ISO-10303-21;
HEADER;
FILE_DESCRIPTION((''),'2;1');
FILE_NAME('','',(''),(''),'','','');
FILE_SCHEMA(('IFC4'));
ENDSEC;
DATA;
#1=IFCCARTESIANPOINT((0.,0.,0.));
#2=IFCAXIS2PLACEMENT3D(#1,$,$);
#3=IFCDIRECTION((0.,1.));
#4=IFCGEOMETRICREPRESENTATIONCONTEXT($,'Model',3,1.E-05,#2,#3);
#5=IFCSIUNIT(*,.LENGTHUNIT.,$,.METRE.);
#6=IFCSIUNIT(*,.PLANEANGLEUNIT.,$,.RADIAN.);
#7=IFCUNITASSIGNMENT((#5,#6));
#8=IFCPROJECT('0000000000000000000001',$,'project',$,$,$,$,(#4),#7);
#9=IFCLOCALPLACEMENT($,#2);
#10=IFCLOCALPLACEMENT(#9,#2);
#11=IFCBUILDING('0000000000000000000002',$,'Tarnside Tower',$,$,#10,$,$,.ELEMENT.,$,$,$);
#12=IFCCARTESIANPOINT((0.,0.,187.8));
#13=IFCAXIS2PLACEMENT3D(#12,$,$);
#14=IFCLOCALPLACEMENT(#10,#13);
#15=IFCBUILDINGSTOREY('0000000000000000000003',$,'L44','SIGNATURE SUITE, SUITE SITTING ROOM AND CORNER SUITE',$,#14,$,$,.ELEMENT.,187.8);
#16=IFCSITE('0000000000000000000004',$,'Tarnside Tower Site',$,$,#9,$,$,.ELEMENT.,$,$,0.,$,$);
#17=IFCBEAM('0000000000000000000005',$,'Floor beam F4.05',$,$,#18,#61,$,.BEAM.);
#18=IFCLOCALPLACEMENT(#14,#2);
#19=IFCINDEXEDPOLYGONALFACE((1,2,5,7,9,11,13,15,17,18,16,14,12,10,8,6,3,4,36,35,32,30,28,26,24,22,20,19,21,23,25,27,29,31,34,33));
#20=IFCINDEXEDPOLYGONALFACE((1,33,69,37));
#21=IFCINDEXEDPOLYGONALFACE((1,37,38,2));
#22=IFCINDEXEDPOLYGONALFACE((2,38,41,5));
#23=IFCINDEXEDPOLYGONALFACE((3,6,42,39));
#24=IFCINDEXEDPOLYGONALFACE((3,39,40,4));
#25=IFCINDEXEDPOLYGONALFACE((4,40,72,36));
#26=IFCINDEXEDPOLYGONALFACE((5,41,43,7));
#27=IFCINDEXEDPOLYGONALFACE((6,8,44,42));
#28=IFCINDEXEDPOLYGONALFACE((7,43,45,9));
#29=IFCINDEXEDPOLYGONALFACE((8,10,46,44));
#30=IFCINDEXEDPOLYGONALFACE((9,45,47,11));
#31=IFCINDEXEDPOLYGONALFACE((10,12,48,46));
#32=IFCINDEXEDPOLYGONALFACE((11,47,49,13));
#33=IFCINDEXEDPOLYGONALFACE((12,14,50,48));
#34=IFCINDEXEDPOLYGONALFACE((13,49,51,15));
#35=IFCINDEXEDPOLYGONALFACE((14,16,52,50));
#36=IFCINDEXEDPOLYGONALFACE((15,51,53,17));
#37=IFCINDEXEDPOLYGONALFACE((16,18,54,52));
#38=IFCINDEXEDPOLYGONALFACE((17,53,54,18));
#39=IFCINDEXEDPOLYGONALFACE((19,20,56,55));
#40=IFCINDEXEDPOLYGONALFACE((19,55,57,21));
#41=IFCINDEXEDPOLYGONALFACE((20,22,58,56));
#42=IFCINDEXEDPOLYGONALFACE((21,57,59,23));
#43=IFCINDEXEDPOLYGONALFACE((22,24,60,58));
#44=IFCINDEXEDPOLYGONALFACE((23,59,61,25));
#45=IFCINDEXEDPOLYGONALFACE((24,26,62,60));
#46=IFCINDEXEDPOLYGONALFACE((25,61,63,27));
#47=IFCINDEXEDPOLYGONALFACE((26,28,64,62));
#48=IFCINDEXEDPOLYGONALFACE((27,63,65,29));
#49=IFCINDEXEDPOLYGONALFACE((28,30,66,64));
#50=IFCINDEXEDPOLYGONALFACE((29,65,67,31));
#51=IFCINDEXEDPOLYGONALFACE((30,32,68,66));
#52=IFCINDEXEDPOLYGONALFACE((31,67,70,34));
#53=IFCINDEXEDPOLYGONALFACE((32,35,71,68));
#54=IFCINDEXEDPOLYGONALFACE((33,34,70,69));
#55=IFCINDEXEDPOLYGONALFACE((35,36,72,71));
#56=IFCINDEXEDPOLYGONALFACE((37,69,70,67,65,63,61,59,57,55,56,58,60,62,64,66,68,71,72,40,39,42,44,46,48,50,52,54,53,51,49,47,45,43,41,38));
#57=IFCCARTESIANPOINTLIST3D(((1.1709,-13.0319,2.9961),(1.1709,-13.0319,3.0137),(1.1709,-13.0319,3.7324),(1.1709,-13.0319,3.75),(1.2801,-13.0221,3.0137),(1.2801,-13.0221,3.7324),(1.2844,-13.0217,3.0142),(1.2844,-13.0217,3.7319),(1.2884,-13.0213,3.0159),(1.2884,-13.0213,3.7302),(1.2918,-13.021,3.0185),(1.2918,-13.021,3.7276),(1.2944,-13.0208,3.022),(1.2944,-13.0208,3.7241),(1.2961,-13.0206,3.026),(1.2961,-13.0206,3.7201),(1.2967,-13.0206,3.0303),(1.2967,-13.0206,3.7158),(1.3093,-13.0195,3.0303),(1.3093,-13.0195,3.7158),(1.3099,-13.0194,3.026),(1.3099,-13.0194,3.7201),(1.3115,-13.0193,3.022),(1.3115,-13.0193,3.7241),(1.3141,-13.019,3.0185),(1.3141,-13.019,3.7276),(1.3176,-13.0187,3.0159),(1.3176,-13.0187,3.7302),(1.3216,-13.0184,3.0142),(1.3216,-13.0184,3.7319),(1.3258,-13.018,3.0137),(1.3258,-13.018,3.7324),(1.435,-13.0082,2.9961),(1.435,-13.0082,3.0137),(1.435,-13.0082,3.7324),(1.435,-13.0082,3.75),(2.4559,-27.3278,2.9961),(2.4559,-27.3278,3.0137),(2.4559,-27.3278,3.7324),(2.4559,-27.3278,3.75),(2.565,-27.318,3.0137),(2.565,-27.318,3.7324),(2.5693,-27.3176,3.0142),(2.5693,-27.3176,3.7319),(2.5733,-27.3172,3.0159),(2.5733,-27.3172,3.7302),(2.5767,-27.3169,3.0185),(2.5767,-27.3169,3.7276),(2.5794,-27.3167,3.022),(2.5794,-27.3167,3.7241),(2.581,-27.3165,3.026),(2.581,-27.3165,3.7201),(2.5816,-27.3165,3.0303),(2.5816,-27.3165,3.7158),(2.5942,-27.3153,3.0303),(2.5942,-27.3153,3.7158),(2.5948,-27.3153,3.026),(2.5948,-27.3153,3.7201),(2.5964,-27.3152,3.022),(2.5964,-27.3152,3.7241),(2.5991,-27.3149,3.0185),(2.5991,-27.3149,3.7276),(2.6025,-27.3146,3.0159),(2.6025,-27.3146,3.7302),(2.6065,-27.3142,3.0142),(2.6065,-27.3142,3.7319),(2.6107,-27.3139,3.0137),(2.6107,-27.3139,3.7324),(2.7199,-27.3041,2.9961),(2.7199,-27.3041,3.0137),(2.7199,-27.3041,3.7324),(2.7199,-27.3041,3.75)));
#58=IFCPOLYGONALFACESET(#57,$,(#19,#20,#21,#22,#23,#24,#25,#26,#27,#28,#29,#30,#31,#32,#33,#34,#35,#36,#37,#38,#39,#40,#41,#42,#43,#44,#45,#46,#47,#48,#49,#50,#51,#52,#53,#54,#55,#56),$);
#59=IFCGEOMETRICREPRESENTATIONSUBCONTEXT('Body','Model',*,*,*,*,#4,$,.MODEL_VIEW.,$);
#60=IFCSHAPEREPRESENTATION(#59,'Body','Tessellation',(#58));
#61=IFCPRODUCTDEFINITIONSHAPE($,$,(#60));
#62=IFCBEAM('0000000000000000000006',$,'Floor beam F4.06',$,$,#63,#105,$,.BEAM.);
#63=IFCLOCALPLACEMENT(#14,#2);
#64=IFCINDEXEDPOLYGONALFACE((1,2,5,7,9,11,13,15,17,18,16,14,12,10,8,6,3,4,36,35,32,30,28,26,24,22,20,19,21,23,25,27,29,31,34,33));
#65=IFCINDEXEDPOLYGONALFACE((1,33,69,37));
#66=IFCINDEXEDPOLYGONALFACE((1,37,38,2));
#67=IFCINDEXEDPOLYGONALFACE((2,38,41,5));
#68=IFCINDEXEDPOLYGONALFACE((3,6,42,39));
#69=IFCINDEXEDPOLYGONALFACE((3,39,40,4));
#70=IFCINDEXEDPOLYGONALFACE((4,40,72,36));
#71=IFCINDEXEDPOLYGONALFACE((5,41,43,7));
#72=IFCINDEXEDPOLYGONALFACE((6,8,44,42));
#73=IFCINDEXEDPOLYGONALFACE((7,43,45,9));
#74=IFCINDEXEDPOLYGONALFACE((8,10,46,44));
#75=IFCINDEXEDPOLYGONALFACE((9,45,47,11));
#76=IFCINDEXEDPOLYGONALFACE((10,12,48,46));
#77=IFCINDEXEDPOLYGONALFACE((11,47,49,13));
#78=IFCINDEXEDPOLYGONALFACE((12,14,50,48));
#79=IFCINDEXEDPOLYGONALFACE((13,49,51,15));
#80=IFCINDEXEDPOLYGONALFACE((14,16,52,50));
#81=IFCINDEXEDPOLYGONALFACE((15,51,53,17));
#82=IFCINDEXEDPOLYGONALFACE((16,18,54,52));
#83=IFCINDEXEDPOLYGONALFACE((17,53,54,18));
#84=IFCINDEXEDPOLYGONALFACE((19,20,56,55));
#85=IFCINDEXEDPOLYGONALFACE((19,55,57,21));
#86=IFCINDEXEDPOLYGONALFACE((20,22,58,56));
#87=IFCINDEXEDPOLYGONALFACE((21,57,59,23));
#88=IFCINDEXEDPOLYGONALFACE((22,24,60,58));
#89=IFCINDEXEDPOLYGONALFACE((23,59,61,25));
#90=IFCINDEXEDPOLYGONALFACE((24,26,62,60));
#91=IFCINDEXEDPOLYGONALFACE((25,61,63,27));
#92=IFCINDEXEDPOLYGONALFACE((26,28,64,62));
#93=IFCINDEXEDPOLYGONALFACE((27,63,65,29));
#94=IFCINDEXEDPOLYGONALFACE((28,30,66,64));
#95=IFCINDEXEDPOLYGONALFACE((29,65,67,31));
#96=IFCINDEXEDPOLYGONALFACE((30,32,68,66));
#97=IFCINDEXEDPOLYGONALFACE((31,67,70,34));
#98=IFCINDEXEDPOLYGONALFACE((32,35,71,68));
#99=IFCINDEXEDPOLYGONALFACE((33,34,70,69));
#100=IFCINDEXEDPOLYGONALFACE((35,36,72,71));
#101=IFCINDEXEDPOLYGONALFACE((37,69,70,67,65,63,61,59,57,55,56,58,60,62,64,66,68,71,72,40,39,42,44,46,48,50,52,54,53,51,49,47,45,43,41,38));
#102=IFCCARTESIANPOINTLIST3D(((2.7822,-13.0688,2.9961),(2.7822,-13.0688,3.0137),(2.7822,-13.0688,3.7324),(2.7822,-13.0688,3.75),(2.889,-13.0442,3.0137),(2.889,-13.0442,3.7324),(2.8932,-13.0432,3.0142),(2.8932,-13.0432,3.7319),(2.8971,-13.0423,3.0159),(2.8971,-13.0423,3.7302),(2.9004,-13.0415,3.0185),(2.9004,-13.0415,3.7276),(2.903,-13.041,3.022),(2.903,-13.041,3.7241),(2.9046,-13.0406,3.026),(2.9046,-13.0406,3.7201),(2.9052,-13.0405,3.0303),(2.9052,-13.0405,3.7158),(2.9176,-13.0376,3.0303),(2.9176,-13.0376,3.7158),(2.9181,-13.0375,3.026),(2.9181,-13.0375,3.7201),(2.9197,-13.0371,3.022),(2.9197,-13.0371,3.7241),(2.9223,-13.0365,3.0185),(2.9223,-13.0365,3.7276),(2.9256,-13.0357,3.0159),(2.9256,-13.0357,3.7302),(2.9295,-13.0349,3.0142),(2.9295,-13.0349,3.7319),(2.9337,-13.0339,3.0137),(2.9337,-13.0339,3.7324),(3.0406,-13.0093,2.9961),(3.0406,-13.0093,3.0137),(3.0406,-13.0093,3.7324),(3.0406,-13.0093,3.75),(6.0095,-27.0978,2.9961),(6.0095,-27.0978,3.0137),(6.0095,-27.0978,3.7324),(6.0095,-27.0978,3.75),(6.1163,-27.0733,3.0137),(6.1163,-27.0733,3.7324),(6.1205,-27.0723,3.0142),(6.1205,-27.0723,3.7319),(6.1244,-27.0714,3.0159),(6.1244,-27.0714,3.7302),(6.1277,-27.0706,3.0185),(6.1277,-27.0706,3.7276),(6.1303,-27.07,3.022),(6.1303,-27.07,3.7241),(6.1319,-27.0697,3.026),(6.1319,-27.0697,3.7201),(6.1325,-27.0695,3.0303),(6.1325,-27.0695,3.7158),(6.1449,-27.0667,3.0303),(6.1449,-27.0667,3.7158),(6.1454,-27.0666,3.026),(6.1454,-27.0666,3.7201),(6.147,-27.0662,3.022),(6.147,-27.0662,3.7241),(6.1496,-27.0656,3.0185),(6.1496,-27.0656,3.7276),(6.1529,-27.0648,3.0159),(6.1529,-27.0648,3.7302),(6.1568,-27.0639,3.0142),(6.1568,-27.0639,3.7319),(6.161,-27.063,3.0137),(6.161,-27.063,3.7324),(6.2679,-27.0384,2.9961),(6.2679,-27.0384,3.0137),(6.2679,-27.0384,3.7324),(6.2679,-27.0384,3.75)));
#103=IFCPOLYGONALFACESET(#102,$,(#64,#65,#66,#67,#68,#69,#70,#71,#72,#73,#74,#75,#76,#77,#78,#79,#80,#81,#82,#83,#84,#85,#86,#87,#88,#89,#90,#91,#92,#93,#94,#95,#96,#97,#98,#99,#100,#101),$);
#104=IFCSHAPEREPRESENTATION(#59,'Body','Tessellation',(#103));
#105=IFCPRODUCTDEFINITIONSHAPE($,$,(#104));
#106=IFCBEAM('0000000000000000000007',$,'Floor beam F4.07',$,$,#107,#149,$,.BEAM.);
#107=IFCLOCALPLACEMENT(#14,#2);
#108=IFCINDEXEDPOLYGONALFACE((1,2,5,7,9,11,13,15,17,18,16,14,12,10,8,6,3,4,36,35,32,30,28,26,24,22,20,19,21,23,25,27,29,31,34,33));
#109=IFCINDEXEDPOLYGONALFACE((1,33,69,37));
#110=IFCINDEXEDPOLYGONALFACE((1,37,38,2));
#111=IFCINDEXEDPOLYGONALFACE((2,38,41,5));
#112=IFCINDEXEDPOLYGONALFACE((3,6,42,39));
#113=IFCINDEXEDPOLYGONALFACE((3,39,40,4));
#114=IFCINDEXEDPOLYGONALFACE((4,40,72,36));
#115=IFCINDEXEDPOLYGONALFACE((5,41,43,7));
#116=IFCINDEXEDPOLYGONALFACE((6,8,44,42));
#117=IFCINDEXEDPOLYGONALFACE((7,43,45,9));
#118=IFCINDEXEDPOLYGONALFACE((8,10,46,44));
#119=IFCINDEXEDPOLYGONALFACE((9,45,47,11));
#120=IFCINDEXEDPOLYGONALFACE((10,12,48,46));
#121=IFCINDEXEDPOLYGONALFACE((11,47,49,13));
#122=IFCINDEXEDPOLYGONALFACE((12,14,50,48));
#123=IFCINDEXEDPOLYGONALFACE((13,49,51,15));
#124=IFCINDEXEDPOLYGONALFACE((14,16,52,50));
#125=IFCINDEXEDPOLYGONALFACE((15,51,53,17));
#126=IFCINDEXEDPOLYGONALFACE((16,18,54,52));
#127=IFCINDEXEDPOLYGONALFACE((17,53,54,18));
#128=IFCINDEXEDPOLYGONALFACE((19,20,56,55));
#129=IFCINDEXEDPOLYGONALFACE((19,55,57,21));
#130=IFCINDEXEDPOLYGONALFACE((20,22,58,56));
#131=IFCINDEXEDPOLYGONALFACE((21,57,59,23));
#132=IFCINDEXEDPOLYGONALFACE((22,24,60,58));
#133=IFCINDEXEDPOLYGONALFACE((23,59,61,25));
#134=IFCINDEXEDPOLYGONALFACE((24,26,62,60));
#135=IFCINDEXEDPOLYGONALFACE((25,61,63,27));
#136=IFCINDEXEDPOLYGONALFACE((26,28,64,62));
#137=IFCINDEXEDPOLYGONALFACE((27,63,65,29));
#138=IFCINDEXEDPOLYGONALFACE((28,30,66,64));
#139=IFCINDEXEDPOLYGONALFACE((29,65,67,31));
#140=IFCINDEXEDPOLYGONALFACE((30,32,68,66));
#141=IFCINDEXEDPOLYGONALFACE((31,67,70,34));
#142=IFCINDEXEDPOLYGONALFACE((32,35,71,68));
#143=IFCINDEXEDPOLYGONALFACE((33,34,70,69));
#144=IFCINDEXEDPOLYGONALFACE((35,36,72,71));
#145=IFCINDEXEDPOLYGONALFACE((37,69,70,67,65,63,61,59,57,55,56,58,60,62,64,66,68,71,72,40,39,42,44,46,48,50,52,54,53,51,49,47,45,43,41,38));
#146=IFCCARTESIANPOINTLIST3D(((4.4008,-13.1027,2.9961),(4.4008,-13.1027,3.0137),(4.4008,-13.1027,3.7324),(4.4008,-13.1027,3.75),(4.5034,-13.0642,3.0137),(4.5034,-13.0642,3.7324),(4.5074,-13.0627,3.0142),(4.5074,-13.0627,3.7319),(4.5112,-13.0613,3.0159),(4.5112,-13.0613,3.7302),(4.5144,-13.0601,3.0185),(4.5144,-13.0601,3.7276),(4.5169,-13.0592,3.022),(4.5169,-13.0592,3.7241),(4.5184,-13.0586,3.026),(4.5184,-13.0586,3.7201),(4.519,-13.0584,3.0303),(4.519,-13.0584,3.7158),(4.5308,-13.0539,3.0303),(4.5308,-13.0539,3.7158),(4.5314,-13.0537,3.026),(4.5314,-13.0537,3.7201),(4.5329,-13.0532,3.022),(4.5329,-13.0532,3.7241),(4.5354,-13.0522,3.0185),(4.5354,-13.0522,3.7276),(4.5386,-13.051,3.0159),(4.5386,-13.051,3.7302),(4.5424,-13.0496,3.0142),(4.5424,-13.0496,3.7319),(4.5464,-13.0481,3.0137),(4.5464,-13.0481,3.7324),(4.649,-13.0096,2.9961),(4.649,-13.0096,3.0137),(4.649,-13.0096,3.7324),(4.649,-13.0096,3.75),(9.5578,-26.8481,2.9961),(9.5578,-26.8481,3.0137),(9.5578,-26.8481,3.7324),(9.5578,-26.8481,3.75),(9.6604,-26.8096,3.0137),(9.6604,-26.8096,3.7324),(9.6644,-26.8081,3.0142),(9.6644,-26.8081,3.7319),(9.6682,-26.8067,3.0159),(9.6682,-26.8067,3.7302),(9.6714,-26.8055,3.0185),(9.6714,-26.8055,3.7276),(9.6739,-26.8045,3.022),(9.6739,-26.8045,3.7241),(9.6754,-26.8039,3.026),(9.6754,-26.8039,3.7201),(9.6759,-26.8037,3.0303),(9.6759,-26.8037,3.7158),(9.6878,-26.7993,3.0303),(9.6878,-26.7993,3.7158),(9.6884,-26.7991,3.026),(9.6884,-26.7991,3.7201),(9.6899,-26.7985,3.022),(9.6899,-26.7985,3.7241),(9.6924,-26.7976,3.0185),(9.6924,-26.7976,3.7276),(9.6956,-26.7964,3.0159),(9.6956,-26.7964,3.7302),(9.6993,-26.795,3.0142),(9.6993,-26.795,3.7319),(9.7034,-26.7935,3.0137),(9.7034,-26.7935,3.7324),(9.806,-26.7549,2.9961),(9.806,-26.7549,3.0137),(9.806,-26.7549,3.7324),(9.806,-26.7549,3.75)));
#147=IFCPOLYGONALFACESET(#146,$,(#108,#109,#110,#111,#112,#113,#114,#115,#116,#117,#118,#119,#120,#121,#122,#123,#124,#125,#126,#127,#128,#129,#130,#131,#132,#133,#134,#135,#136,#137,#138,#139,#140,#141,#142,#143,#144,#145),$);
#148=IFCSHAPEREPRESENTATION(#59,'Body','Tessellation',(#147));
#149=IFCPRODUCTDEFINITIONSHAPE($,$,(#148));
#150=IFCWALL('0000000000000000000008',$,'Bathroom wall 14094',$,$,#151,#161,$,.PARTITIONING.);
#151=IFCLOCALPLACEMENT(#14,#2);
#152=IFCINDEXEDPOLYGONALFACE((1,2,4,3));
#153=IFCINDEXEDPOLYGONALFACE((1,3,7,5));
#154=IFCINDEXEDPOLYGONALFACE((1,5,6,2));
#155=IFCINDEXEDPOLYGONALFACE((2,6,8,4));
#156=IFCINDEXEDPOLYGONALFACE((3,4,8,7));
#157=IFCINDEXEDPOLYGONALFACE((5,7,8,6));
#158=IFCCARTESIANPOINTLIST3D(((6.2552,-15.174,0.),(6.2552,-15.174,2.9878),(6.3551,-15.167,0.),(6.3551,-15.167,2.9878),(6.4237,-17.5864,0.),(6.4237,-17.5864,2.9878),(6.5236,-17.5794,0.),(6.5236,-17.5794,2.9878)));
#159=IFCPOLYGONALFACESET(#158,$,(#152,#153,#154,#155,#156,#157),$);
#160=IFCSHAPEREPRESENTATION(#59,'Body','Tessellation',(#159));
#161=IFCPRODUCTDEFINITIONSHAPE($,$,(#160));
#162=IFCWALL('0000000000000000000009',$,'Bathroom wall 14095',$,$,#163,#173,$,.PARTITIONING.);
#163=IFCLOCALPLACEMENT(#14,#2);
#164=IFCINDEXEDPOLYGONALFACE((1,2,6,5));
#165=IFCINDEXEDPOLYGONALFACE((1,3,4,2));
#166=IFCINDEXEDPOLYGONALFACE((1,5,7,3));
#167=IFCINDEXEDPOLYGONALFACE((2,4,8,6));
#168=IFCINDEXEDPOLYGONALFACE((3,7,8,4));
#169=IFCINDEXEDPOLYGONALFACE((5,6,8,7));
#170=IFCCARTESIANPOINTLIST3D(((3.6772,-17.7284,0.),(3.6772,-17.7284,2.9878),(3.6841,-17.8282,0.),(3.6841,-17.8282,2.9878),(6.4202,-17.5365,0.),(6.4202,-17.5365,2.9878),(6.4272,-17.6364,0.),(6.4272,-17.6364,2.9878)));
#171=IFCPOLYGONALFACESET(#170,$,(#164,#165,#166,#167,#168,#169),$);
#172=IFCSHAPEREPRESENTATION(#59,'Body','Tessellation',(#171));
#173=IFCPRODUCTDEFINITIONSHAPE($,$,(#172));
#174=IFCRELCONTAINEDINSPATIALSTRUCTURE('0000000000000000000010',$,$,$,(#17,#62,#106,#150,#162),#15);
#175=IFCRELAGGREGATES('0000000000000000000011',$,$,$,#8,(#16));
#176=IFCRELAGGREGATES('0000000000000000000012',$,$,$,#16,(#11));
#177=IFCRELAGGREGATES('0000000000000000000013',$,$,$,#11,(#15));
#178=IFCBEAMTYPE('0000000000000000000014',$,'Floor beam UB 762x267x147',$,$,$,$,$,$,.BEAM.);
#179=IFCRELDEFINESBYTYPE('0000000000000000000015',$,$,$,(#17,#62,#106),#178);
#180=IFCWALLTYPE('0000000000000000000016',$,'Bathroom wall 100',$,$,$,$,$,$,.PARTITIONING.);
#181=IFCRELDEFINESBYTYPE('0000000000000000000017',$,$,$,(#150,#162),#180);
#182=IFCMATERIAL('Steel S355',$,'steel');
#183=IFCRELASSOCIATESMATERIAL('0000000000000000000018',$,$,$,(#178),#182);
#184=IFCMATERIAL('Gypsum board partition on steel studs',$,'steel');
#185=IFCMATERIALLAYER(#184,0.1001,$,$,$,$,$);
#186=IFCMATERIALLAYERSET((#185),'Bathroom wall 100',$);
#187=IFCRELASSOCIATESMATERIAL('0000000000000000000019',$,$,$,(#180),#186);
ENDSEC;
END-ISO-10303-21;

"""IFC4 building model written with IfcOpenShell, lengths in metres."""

from ifc_helpers import new_model, si_unit, direction, frame, frame_2d, origin, origin_2d, place, context, subcontext, project, spatial, rectangle, i_section, extrude, material, layer, layer_set, material_profile, profile_set, type_object, element, save


model = new_model("IFC4")

# Units and contexts
model_context = context("Model", 3, precision=1e-05, world=origin(), true_north=direction((0.0, 1.0)))
body_context = subcontext(model_context, "Body", "Model", "MODEL_VIEW")
ifc_project = project(units=[si_unit("LENGTHUNIT", "METRE"), si_unit("PLANEANGLEUNIT", "RADIAN")], contexts=[model_context])

# Site, building, storey
site_placement = place(None, origin())
site = spatial("IfcSite", under=ifc_project, at=site_placement, Name="Tarnside Tower Site", CompositionType="ELEMENT", RefElevation=0.0)
building_placement = place(site_placement, origin())
building = spatial("IfcBuilding", under=site, at=building_placement, Name="Tarnside Tower", CompositionType="ELEMENT")
storey_placement = place(building_placement, frame((0.0, 0.0, 187.8)))
storey = spatial("IfcBuildingStorey", under=building, at=storey_placement, Name="L44", Description="SIGNATURE SUITE, SUITE SITTING ROOM AND CORNER SUITE", CompositionType="ELEMENT", Elevation=187.8)

# Beams
ifc_material_1 = material(Name="Steel S355", Category="steel")
ifc_material_profile = material_profile(ifc_material_1, i_section(OverallWidth=0.2651, OverallDepth=0.7539, WebThickness=0.0127, FlangeThickness=0.0176, FilletRadius=0.0166, at=origin_2d()), Name="UB 762x267x147")
ifc_profile_set = profile_set([ifc_material_profile], Name="Steel S355")
beam_type = type_object("IfcBeamType", Name="Floor beam UB 762x267x147", PredefinedType="BEAM", material=ifc_profile_set)
beam_1_placement = place(storey_placement, frame((2.5879, -27.3159, 3.373), z_axis=(-0.089519, 0.995985, 0.0), x_axis=(-0.995985, -0.089519, 0.0)))
element("IfcBeam", 1, at=beam_1_placement, inside=storey, type_object=beam_type, Name="Floor beam F4.05", PredefinedType="BEAM", context=body_context, shape_type="SweptSolid", body=[
    extrude(i_section(OverallWidth=0.2651, OverallDepth=0.7539, WebThickness=0.0127, FlangeThickness=0.0176, FilletRadius=0.0166, at=origin_2d()), origin(), (0.0, 0.0, 1.0), 14.3535),
])
beam_2_placement = place(storey_placement, frame((6.1387, -27.0681, 3.373), z_axis=(-0.224188, 0.974546, 0.0), x_axis=(-0.974546, -0.224188, 0.0)))
element("IfcBeam", 2, at=beam_2_placement, inside=storey, type_object=beam_type, Name="Floor beam F4.06", PredefinedType="BEAM", context=body_context, shape_type="SweptSolid", body=[
    extrude(i_section(OverallWidth=0.2651, OverallDepth=0.7539, WebThickness=0.0127, FlangeThickness=0.0176, FilletRadius=0.0166, at=origin_2d()), origin(), (0.0, 0.0, 1.0), 14.3955),
])
beam_3_placement = place(storey_placement, frame((9.6819, -26.8015, 3.373), z_axis=(-0.351271, 0.936274, 0.0), x_axis=(-0.936274, -0.351271, 0.0)))
element("IfcBeam", 3, at=beam_3_placement, inside=storey, type_object=beam_type, Name="Floor beam F4.07", PredefinedType="BEAM", context=body_context, shape_type="SweptSolid", body=[
    extrude(i_section(OverallWidth=0.2651, OverallDepth=0.7539, WebThickness=0.0127, FlangeThickness=0.0176, FilletRadius=0.0166, at=origin_2d()), origin(), (0.0, 0.0, 1.0), 14.6809),
])

# Walls
ifc_material_2 = material(Name="Gypsum board partition on steel studs", Category="steel")
ifc_layer_1 = layer(ifc_material_2, 0.1001)
ifc_layer_set_1 = layer_set([ifc_layer_1], Name="Bathroom wall 100")
wall_type_1 = type_object("IfcWallType", Name="Bathroom wall 100", PredefinedType="PARTITIONING", material=ifc_layer_set_1)
wall_1_placement = place(storey_placement, frame((6.3052, -15.1707, 0.0), z_axis=(0.0, 0.0, 1.0), x_axis=(0.069661, -0.997571, 0.0)))
element("IfcWall", 4, at=wall_1_placement, inside=storey, type_object=wall_type_1, Name="Bathroom wall 14094", PredefinedType="PARTITIONING", context=body_context, shape_type="SweptSolid", body=[
    extrude(rectangle(XDim=2.4182, YDim=0.1001, at=frame_2d((1.209, 0.0))), origin(), (0.0, 0.0, 1.0), 2.9878),
])
wall_2_placement = place(storey_placement, frame((6.4238, -17.5864, 0.0), z_axis=(0.0, 0.0, 1.0), x_axis=(-0.997562, -0.069783, 0.0)))
element("IfcWall", 5, at=wall_2_placement, inside=storey, type_object=wall_type_1, Name="Bathroom wall 14095", PredefinedType="PARTITIONING", context=body_context, shape_type="SweptSolid", body=[
    extrude(rectangle(XDim=2.7498, YDim=0.1001, at=frame_2d((1.375, 0.0))), origin(), (0.0, 0.0, 1.0), 2.9878),
])

save(model, "model.ifc")
